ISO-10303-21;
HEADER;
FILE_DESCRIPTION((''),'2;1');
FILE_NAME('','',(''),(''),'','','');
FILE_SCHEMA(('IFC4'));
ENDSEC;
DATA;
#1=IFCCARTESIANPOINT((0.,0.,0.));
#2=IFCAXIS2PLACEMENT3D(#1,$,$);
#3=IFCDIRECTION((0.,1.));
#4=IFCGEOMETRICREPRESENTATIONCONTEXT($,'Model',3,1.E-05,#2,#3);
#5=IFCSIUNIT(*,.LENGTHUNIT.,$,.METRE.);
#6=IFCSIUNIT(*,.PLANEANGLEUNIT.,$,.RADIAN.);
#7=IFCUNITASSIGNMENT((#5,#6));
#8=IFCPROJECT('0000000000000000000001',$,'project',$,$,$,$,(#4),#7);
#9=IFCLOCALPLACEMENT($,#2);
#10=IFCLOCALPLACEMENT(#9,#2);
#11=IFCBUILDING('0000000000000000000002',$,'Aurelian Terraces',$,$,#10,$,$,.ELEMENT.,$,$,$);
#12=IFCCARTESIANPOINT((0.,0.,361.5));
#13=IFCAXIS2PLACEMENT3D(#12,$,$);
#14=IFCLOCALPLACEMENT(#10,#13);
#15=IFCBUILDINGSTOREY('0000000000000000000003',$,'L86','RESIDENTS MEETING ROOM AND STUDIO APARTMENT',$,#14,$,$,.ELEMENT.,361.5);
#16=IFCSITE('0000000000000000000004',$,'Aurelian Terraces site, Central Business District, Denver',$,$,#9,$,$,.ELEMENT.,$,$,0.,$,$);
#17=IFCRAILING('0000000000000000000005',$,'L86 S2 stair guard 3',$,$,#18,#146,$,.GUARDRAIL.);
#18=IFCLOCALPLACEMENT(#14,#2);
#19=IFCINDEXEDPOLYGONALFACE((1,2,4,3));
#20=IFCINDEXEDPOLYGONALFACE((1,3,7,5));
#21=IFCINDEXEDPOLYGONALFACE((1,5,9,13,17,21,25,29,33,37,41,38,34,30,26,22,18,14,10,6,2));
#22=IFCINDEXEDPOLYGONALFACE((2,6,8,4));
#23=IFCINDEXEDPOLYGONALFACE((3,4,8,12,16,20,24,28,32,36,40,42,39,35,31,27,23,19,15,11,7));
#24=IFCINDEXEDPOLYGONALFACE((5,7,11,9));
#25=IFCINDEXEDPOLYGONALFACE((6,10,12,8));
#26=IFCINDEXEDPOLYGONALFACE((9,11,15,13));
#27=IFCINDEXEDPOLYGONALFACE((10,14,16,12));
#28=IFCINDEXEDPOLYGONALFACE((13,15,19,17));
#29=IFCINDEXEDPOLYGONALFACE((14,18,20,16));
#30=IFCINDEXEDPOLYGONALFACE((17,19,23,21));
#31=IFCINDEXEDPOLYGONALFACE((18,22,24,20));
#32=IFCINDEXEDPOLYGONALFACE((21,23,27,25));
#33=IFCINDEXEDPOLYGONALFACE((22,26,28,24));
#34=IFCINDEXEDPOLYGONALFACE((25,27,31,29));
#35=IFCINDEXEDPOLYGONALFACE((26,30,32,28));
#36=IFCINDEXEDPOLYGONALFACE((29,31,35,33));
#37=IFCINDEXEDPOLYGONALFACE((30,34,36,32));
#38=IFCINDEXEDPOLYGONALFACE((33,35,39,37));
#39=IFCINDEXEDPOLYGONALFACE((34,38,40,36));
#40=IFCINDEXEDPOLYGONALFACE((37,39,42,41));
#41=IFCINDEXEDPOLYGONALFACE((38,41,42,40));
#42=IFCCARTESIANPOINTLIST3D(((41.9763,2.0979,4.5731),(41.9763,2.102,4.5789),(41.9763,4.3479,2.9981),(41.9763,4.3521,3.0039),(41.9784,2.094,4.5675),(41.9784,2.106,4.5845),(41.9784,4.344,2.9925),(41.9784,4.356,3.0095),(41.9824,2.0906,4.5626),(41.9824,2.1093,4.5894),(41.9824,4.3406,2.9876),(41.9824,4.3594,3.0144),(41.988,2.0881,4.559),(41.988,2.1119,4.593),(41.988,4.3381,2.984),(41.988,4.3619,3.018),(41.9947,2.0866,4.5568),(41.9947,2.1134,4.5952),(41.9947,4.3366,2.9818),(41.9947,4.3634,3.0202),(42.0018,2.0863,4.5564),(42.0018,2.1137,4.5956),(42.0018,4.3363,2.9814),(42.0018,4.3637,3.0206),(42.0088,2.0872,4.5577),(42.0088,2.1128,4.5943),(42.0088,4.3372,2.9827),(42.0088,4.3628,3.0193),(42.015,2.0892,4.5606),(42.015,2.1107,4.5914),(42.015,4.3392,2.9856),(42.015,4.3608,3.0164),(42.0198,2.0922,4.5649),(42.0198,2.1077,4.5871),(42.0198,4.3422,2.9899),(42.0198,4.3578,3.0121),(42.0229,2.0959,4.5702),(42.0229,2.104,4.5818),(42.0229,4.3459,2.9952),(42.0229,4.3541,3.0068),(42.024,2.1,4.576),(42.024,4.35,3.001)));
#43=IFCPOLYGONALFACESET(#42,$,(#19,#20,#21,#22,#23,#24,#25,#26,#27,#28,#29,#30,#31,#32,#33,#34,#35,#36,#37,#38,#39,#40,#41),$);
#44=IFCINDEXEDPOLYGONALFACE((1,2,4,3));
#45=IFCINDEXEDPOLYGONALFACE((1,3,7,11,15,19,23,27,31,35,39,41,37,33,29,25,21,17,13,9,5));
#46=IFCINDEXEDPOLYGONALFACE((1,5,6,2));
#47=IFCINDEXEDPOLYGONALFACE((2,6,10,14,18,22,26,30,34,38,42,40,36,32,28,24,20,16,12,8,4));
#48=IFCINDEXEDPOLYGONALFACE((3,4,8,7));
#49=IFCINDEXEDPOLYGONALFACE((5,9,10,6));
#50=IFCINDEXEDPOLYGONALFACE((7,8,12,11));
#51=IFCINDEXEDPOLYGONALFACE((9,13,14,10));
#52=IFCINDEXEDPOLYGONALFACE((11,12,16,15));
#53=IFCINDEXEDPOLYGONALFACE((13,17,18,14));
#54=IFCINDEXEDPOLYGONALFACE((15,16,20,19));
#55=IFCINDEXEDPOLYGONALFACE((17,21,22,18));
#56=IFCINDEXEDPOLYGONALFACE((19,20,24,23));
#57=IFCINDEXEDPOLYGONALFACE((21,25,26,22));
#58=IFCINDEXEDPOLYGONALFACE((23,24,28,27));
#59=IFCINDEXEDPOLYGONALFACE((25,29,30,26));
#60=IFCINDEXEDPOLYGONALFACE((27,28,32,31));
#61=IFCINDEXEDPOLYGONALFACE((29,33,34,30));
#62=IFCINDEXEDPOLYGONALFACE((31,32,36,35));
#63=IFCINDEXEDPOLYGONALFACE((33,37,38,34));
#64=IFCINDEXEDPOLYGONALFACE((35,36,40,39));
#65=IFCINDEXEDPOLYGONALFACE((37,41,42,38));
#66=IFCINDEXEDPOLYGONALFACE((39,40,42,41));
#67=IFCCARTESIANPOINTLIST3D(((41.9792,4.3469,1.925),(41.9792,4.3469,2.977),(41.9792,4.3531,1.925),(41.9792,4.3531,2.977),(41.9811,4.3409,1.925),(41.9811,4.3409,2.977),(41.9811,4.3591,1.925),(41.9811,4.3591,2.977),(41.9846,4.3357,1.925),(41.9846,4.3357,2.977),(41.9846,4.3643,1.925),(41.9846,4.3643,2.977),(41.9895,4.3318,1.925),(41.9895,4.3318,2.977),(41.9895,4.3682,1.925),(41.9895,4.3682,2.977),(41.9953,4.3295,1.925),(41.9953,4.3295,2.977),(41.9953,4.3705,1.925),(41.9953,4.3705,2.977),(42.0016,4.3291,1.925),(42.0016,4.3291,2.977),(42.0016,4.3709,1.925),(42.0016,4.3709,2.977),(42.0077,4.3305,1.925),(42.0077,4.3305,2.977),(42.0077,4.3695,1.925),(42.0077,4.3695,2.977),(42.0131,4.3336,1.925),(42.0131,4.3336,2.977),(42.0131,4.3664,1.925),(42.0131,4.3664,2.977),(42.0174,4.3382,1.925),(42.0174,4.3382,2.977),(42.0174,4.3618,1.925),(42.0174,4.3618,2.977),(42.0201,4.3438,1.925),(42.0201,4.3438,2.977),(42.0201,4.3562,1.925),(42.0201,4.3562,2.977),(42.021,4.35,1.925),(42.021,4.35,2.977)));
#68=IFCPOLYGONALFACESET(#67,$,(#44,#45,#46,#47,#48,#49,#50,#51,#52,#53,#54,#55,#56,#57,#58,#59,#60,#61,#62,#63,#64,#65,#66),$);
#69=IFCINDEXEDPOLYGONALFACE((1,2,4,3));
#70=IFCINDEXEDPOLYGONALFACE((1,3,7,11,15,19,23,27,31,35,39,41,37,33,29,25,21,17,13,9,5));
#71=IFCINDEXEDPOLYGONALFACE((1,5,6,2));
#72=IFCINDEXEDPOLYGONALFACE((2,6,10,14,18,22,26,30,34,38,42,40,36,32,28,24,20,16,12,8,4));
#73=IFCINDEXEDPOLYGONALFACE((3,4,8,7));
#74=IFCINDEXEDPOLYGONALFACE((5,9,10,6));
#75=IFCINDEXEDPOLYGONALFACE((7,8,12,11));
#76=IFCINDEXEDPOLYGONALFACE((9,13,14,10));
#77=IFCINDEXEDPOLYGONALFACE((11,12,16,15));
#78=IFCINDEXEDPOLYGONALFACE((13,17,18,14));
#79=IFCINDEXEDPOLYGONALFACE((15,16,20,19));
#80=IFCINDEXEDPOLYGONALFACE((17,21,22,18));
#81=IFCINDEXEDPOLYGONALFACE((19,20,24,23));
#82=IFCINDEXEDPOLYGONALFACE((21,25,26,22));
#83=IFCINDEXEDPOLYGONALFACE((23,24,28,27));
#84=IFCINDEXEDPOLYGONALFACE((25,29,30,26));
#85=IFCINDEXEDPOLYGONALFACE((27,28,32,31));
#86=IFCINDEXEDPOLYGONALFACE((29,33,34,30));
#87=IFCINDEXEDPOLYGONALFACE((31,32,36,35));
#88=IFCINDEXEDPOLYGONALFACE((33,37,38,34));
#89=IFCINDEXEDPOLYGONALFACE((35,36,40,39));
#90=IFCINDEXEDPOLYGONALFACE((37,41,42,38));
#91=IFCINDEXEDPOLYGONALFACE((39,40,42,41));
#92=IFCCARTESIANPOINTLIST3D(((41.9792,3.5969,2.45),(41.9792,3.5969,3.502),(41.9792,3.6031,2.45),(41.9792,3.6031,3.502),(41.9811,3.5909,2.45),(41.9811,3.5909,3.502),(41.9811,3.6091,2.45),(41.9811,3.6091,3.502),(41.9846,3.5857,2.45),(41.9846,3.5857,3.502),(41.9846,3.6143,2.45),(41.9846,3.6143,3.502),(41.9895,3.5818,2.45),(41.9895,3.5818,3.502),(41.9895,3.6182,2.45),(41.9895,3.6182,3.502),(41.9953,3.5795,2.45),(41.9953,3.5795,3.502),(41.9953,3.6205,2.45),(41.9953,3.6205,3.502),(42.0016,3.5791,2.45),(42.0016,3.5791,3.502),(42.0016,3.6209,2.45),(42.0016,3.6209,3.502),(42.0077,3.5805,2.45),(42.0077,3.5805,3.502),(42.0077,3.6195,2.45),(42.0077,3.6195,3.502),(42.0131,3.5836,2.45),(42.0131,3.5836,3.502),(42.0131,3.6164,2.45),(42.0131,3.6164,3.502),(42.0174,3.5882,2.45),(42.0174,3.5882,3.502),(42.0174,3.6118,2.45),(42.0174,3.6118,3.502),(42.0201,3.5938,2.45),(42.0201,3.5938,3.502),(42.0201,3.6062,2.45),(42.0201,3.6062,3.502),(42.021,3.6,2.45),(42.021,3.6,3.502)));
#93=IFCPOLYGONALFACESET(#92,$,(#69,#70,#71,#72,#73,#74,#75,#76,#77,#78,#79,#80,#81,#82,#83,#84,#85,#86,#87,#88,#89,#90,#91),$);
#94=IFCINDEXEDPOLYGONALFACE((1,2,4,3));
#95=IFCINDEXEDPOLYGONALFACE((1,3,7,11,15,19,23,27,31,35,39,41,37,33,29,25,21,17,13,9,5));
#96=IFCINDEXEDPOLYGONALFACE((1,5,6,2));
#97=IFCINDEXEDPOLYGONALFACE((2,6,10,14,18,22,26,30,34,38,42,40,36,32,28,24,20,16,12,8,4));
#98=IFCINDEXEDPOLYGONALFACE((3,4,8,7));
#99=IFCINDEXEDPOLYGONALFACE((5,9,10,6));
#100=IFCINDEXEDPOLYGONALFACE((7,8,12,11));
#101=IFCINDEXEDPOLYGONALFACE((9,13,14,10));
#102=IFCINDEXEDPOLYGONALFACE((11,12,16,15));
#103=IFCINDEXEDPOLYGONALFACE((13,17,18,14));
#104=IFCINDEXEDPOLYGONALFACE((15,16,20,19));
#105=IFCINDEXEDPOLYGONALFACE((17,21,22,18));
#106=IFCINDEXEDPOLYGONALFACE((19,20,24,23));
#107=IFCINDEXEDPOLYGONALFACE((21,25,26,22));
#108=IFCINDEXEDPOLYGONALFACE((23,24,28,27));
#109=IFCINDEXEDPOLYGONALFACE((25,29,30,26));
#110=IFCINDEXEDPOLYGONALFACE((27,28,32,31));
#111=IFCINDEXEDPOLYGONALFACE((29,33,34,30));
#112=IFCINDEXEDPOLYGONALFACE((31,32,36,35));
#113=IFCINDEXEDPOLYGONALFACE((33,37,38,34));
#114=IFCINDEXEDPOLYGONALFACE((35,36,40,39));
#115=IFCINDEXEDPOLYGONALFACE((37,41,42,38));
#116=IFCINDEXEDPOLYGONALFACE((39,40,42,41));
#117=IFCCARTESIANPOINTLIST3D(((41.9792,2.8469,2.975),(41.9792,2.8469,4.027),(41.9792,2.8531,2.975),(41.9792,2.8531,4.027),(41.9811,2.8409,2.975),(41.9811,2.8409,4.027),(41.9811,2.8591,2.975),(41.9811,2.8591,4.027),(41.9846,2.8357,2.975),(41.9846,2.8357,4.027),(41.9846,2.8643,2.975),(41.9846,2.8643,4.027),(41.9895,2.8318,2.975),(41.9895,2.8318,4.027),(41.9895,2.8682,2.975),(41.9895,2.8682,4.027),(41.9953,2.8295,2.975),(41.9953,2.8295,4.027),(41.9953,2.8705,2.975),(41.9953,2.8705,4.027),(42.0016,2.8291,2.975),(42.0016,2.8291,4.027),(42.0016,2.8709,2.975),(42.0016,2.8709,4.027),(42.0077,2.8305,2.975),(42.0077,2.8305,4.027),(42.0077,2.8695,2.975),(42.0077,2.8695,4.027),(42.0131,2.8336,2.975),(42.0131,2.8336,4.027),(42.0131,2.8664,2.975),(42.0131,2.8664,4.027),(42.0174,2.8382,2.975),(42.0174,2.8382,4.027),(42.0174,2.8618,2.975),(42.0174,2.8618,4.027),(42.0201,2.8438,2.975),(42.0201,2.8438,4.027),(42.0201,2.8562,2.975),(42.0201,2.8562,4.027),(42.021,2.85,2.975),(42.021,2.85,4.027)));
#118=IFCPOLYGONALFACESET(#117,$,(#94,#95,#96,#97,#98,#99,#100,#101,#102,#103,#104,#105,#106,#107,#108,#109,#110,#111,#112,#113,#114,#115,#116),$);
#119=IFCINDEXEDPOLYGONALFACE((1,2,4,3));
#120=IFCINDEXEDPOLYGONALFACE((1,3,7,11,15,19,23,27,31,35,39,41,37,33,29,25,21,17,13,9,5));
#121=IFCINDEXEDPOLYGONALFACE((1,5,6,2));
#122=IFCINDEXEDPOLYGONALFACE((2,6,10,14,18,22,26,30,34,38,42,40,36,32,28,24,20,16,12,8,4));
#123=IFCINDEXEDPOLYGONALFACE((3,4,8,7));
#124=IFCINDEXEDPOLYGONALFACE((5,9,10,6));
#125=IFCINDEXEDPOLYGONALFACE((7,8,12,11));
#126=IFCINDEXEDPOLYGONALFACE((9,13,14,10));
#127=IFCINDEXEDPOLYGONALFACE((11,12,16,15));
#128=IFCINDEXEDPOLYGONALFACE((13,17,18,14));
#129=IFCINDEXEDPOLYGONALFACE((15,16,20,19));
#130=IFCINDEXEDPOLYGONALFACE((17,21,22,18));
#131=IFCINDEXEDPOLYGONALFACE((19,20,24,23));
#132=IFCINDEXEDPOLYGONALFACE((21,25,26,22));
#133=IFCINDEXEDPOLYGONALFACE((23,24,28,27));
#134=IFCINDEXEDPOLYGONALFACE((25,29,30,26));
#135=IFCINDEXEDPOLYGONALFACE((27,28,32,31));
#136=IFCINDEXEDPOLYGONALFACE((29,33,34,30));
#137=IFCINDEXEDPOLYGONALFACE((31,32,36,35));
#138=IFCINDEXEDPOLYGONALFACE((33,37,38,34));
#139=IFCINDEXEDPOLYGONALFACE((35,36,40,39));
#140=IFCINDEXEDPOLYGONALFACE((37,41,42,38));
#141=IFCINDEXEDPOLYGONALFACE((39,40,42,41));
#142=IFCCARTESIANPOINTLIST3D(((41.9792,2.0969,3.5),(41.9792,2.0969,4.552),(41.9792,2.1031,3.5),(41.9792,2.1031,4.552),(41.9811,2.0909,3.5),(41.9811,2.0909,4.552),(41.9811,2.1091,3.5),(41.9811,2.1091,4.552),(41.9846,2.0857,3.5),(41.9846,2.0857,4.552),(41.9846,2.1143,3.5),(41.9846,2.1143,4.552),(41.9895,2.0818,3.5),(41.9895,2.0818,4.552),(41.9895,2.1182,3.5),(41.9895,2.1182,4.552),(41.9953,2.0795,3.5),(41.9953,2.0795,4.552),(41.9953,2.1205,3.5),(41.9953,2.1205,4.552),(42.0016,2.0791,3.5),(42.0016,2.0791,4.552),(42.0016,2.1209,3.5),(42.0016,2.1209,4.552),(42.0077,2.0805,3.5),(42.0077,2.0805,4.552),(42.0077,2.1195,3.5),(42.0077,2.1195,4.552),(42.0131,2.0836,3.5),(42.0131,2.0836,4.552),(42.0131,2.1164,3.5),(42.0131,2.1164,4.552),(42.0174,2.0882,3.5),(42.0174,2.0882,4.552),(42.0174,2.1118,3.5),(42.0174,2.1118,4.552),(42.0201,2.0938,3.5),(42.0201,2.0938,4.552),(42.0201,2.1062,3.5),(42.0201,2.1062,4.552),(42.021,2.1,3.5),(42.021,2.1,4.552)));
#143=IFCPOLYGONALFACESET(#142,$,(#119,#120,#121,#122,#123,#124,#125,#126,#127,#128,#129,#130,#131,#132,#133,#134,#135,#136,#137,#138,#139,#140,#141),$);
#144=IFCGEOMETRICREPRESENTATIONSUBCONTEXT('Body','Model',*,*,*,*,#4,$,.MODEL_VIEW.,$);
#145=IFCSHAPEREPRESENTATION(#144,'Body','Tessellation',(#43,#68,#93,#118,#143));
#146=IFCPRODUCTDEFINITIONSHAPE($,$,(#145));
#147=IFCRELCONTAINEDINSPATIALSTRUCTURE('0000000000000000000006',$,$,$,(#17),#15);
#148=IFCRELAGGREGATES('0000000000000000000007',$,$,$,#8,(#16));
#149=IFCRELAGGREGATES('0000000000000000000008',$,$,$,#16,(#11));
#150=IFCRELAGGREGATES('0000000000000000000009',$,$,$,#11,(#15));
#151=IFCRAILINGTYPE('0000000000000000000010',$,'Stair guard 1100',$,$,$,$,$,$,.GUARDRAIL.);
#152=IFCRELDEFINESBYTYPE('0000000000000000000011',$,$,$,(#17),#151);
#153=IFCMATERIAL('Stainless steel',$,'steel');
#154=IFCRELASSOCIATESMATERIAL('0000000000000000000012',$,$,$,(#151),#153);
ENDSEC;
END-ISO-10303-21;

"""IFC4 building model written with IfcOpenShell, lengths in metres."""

from ifc_helpers import new_model, si_unit, direction, frame, origin, origin_2d, place, context, subcontext, project, spatial, circle, extrude, source, transform, mapped, material, type_object, element, save


model = new_model("IFC4")

# Units and contexts
model_context = context("Model", 3, precision=1e-05, world=origin(), true_north=direction((0.0, 1.0)))
body_context = subcontext(model_context, "Body", "Model", "MODEL_VIEW")
ifc_project = project(units=[si_unit("LENGTHUNIT", "METRE"), si_unit("PLANEANGLEUNIT", "RADIAN")], contexts=[model_context])

# Site, building, storey
site_placement = place(None, origin())
site = spatial("IfcSite", under=ifc_project, at=site_placement, Name="Aurelian Terraces site, Central Business District, Denver", CompositionType="ELEMENT", RefElevation=0.0)
building_placement = place(site_placement, origin())
building = spatial("IfcBuilding", under=site, at=building_placement, Name="Aurelian Terraces", CompositionType="ELEMENT")
storey_placement = place(building_placement, frame((0.0, 0.0, 361.5)))
storey = spatial("IfcBuildingStorey", under=building, at=storey_placement, Name="L86", Description="RESIDENTS MEETING ROOM AND STUDIO APARTMENT", CompositionType="ELEMENT", Elevation=361.5)

# Railing
ifc_material_1 = material(Name="Stainless steel", Category="steel")
railing_type_1 = type_object("IfcRailingType", Name="Stair guard 1100", PredefinedType="GUARDRAIL", material=ifc_material_1)
shared_shape_1 = source(origin(), body_context, "Body", "SweptSolid", [
    extrude(circle(Radius=0.024, at=origin_2d()), frame((0.0, 0.0, 1.076), z_axis=(0.0, -0.819232, 0.573462), x_axis=(1.0, 0.0, 0.0)), (0.0, 0.0, 1.0), 2.7465),
    extrude(circle(Radius=0.021, at=origin_2d()), origin(), (0.0, 0.0, 1.0), 1.052),
    extrude(circle(Radius=0.021, at=origin_2d()), frame((0.0, -0.75, 0.525)), (0.0, 0.0, 1.0), 1.052),
    extrude(circle(Radius=0.021, at=origin_2d()), frame((0.0, -1.5, 1.05)), (0.0, 0.0, 1.0), 1.052),
    extrude(circle(Radius=0.021, at=origin_2d()), frame((0.0, -2.25, 1.575)), (0.0, 0.0, 1.0), 1.052),
])
railing_1_placement = place(storey_placement, frame((42.0, 4.35, 1.925)))
element("IfcRailing", 1, at=railing_1_placement, inside=storey, type_object=railing_type_1, Name="L86 S2 stair guard 3", PredefinedType="GUARDRAIL", context=body_context, shape_type="MappedRepresentation", body=[
    mapped(shared_shape_1, transform((0.0, 0.0, 0.0), scale=1.0)),
])

save(model, "model.ifc")
